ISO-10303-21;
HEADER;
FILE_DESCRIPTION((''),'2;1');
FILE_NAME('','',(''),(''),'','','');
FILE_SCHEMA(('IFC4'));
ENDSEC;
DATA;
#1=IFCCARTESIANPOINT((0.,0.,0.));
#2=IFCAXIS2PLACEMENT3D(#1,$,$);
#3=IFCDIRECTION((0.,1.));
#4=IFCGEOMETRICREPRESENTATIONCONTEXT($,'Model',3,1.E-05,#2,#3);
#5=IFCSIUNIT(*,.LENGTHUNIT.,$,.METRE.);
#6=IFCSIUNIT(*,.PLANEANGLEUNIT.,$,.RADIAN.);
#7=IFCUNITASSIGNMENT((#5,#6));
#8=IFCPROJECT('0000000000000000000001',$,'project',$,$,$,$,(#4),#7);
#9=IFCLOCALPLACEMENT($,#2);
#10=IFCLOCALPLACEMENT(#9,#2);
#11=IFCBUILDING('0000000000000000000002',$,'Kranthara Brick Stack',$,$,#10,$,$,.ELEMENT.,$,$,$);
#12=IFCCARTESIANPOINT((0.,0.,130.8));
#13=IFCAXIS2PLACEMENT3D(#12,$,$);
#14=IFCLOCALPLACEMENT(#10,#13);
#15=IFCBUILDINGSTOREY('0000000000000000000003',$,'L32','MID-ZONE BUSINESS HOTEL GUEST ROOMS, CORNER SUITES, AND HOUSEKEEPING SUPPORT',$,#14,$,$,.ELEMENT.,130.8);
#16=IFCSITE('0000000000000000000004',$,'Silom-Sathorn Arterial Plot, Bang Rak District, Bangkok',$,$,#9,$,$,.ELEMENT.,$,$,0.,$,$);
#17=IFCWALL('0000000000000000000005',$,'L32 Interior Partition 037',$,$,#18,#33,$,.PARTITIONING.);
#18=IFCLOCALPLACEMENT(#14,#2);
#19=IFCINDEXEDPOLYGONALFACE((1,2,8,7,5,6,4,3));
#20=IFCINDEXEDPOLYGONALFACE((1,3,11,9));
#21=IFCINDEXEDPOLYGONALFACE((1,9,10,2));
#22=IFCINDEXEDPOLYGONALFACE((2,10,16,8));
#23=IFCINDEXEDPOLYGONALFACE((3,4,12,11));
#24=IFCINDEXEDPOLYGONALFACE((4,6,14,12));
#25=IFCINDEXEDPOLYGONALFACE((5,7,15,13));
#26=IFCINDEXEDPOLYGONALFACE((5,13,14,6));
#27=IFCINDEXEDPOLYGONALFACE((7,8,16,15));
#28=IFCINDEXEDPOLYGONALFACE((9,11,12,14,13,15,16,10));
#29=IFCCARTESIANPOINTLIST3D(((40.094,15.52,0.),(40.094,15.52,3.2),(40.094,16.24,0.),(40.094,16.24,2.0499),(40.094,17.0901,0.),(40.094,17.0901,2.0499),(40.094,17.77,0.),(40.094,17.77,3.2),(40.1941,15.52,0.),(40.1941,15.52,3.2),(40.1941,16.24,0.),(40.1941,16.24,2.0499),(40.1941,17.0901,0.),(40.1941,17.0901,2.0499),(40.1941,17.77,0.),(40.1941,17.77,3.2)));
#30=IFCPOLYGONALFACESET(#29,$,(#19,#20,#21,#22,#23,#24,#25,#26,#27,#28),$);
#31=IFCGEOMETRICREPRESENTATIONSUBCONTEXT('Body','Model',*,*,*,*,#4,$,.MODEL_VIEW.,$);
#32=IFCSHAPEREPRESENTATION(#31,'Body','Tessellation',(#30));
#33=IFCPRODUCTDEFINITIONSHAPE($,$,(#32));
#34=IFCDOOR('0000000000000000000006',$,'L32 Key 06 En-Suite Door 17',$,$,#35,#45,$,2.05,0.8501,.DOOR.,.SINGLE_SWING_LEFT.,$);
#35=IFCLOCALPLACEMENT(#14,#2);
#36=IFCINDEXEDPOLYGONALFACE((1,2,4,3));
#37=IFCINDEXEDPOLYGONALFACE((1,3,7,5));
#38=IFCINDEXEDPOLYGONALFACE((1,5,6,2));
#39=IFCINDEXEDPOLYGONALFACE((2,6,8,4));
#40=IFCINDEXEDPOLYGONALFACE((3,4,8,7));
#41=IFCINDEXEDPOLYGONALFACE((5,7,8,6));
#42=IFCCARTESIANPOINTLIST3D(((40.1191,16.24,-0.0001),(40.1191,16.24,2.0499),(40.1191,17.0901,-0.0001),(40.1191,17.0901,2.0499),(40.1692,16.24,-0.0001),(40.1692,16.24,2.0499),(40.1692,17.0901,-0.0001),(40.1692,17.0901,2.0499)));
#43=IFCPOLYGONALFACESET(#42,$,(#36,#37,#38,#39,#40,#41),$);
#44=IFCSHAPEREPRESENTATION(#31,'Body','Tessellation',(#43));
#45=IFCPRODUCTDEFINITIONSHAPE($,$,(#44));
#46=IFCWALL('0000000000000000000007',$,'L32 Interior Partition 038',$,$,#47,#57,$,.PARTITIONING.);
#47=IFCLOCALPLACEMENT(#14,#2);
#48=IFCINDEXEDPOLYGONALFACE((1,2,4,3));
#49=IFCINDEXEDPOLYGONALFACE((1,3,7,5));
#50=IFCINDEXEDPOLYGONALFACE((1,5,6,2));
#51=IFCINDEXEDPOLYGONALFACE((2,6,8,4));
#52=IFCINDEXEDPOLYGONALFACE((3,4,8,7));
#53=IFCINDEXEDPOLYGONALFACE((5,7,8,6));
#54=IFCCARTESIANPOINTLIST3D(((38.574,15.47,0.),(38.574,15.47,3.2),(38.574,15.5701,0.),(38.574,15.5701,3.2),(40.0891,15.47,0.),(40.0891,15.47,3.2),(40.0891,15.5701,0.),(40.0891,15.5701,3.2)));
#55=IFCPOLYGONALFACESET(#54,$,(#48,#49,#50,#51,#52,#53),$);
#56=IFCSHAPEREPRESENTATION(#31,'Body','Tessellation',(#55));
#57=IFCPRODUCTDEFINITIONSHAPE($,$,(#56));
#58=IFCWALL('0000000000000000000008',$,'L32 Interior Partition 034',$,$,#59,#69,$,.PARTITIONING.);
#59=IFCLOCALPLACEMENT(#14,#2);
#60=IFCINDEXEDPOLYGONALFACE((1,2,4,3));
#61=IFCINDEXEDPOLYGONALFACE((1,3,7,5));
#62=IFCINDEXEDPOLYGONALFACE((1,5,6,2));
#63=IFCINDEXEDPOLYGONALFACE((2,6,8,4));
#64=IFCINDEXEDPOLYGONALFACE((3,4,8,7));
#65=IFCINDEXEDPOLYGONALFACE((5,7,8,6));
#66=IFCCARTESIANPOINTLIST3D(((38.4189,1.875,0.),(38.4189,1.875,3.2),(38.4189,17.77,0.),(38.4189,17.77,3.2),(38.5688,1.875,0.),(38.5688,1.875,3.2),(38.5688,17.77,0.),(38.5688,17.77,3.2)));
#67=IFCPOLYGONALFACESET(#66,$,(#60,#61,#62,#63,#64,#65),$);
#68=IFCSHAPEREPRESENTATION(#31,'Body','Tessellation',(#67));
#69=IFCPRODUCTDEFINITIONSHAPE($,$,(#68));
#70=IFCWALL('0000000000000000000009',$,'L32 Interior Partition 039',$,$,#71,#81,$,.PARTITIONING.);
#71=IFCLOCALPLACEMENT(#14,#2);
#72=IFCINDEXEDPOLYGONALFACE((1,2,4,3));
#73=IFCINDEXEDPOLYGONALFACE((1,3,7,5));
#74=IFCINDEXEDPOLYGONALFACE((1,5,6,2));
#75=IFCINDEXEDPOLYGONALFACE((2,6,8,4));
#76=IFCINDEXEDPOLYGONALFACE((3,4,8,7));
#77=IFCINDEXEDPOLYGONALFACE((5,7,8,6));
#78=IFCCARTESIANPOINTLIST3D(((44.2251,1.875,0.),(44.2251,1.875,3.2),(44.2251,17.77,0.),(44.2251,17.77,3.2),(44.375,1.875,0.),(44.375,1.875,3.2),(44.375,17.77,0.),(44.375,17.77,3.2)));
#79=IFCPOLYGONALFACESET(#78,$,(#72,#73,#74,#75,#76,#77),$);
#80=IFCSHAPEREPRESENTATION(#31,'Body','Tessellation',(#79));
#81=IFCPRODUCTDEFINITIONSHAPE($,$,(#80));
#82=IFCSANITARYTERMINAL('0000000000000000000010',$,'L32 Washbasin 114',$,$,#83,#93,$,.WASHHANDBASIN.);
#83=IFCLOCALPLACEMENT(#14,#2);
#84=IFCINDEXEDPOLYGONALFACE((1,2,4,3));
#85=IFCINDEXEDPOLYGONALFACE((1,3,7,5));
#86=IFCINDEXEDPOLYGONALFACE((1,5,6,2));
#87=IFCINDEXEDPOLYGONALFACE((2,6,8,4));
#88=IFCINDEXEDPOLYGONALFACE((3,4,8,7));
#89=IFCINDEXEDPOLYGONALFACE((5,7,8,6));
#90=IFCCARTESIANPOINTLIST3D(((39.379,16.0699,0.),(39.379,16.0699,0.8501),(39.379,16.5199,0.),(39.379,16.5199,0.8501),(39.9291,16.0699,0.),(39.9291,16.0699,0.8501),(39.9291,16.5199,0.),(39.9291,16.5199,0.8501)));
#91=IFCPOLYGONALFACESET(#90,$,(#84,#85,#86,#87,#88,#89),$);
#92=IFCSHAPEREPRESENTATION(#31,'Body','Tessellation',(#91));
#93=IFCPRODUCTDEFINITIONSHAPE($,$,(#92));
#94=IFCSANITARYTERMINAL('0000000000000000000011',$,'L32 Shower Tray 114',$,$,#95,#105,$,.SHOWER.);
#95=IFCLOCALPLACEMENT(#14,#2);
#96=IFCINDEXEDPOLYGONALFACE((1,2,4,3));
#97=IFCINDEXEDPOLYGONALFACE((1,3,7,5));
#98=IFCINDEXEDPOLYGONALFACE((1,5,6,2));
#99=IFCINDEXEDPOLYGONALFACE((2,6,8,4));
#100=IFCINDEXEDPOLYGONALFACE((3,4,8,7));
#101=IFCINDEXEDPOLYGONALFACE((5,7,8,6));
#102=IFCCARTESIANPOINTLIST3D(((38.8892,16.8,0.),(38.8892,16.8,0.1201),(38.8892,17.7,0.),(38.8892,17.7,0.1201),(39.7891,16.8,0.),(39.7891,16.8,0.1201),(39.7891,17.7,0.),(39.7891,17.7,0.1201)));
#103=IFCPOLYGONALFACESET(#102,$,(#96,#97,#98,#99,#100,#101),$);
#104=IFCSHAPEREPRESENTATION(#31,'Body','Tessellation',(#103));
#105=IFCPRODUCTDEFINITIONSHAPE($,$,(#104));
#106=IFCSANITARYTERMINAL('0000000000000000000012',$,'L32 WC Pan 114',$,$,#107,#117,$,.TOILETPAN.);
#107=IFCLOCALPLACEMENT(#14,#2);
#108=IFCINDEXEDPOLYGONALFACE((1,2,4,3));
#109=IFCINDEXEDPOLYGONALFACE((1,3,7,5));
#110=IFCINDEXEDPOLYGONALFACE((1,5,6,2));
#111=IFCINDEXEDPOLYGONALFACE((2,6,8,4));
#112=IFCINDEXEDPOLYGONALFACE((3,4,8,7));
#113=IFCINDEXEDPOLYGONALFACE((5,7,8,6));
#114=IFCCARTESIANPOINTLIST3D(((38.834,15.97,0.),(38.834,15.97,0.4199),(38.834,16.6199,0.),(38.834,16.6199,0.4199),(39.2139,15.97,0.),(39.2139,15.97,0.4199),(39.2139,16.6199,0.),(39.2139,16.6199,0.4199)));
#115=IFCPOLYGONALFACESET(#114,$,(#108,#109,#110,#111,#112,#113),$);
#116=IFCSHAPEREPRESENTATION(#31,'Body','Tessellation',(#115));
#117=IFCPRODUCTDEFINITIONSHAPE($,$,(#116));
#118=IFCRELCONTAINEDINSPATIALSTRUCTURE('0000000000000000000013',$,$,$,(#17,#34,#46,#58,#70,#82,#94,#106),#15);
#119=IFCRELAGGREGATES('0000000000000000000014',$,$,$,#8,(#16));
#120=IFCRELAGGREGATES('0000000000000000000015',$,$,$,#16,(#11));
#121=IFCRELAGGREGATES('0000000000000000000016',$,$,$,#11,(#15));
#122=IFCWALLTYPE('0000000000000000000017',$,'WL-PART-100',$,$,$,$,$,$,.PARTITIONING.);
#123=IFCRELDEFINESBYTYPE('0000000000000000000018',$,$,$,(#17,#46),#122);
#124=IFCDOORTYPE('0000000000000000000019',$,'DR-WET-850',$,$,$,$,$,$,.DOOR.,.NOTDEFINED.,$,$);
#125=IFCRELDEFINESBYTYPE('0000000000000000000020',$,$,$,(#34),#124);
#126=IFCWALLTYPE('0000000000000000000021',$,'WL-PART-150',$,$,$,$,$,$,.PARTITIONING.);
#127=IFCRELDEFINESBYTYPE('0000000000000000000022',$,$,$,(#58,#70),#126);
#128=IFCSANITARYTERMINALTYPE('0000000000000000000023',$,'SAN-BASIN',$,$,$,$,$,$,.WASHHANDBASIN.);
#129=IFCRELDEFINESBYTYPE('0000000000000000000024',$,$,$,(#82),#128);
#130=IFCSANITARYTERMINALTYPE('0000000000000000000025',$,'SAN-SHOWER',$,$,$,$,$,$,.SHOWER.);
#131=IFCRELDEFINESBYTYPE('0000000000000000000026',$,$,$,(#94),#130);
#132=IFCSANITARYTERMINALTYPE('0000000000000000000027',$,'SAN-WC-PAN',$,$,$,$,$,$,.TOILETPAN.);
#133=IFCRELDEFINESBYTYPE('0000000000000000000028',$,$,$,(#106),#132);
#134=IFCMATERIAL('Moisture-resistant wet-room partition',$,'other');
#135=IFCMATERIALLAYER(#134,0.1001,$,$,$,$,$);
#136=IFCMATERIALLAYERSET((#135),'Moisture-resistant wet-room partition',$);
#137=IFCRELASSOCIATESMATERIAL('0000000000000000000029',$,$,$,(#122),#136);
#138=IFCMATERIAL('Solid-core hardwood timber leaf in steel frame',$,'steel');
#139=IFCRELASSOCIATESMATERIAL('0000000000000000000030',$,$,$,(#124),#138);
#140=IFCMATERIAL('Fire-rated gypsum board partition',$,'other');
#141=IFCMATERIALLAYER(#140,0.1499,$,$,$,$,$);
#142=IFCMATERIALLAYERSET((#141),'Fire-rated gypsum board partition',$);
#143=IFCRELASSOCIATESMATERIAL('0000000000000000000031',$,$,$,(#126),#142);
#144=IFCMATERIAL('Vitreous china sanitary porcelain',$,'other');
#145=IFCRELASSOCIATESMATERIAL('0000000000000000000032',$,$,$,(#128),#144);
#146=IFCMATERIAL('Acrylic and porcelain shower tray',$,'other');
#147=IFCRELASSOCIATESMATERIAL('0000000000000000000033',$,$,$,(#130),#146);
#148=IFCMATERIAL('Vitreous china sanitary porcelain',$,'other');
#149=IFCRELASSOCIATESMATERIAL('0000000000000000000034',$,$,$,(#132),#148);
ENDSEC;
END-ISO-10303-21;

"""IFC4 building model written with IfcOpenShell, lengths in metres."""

from ifc_helpers import new_model, si_unit, direction, frame, frame_2d, origin, origin_2d, place, context, subcontext, project, spatial, rectangle, extrude, material, layer, layer_set, type_object, element, fill, save


model = new_model("IFC4")

# Units and contexts
model_context = context("Model", 3, precision=1e-05, world=origin(), true_north=direction((0.0, 1.0)))
body_context = subcontext(model_context, "Body", "Model", "MODEL_VIEW")
ifc_project = project(units=[si_unit("LENGTHUNIT", "METRE"), si_unit("PLANEANGLEUNIT", "RADIAN")], contexts=[model_context])

# Site, building, storey
site_placement = place(None, origin())
site = spatial("IfcSite", under=ifc_project, at=site_placement, Name="Silom-Sathorn Arterial Plot, Bang Rak District, Bangkok", CompositionType="ELEMENT", RefElevation=0.0)
building_placement = place(site_placement, origin())
building = spatial("IfcBuilding", under=site, at=building_placement, Name="Kranthara Brick Stack", CompositionType="ELEMENT")
storey_placement = place(building_placement, frame((0.0, 0.0, 130.8)))
storey = spatial("IfcBuildingStorey", under=building, at=storey_placement, Name="L32", Description="MID-ZONE BUSINESS HOTEL GUEST ROOMS, CORNER SUITES, AND HOUSEKEEPING SUPPORT", CompositionType="ELEMENT", Elevation=130.8)

# Wall, opening, door
ifc_material_1 = material(Name="Moisture-resistant wet-room partition", Category="other")
ifc_layer_1 = layer(ifc_material_1, 0.1001)
ifc_layer_set_1 = layer_set([ifc_layer_1], Name="Moisture-resistant wet-room partition")
wall_type_1 = type_object("IfcWallType", Name="WL-PART-100", PredefinedType="PARTITIONING", material=ifc_layer_set_1)
wall_1_placement = place(storey_placement, frame((40.144, 15.52, 0.0), z_axis=(0.0, 0.0, 1.0), x_axis=(0.0, 1.0, 0.0)))
wall_1 = element("IfcWall", 1, at=wall_1_placement, inside=storey, type_object=wall_type_1, Name="L32 Interior Partition 037", PredefinedType="PARTITIONING", context=body_context, shape_type="SweptSolid", body=[
    extrude(rectangle(XDim=2.25, YDim=0.1001, at=frame_2d((1.125, 0.0))), origin(), (0.0, 0.0, 1.0), 3.2),
])
opening_1_placement = place(wall_1_placement, frame((0.72, 0.0, 0.0)))
opening_1 = element("IfcOpeningElement", 2, at=opening_1_placement, cuts=wall_1, PredefinedType="OPENING", context=body_context, shape_type="SweptSolid", body=[
    extrude(rectangle(XDim=0.8501, YDim=2.05, at=frame_2d((0.425, 1.0249))), frame((0.0, 0.0601, 0.0), z_axis=(0.0, -1.0, 0.0), x_axis=(1.0, 0.0, 0.0)), (0.0, 0.0, 1.0), 0.1201),
])
ifc_material_2 = material(Name="Solid-core hardwood timber leaf in steel frame", Category="steel")
door_type_1 = type_object("IfcDoorType", Name="DR-WET-850", OperationType="NOTDEFINED", PredefinedType="DOOR", material=ifc_material_2)
door_1_placement = place(opening_1_placement, origin())
door_1 = element("IfcDoor", 3, at=door_1_placement, inside=storey, type_object=door_type_1, Name="L32 Key 06 En-Suite Door 17", OperationType="SINGLE_SWING_LEFT", OverallHeight=2.05, OverallWidth=0.8501, PredefinedType="DOOR", context=body_context, shape_type="SweptSolid", body=[
    extrude(rectangle(XDim=0.8501, YDim=2.05, at=frame_2d((0.425, 1.0249))), frame((0.0, 0.0249, 0.0), z_axis=(0.0, -1.0, 0.0), x_axis=(1.0, 0.0, 0.0)), (0.0, 0.0, 1.0), 0.05),
])
fill(opening_1, door_1)

# Walls
wall_2_placement = place(storey_placement, frame((38.574, 15.52, 0.0), z_axis=(0.0, 0.0, 1.0), x_axis=(1.0, 0.0, 0.0)))
element("IfcWall", 4, at=wall_2_placement, inside=storey, type_object=wall_type_1, Name="L32 Interior Partition 038", PredefinedType="PARTITIONING", context=body_context, shape_type="SweptSolid", body=[
    extrude(rectangle(XDim=1.5151, YDim=0.1001, at=frame_2d((0.7576, 0.0))), origin(), (0.0, 0.0, 1.0), 3.2),
])
ifc_material_3 = material(Name="Fire-rated gypsum board partition", Category="other")
ifc_layer_2 = layer(ifc_material_3, 0.1499)
ifc_layer_set_2 = layer_set([ifc_layer_2], Name="Fire-rated gypsum board partition")
wall_type_2 = type_object("IfcWallType", Name="WL-PART-150", PredefinedType="PARTITIONING", material=ifc_layer_set_2)
for number, where, z_axis, x_axis, name in (
    (5, (38.4939, 1.875, 0.0), (0.0, 0.0, 1.0), (0.0, 1.0, 0.0), "L32 Interior Partition 034"),
    (6, (44.3, 1.875, 0.0), (0.0, 0.0, 1.0), (0.0, 1.0, 0.0), "L32 Interior Partition 039"),
):
    element("IfcWall", number, at=place(storey_placement, frame(where, z_axis=z_axis, x_axis=x_axis)), inside=storey, type_object=wall_type_2, Name=name, PredefinedType="PARTITIONING", context=body_context, shape_type="SweptSolid", body=[
        extrude(rectangle(XDim=15.895, YDim=0.1499, at=frame_2d((7.9475, 0.0))), origin(), (0.0, 0.0, 1.0), 3.2),
    ])

# Sanitary terminals
ifc_material_4 = material(Name="Vitreous china sanitary porcelain", Category="other")
sanitary_terminal_type_1 = type_object("IfcSanitaryTerminalType", Name="SAN-BASIN", PredefinedType="WASHHANDBASIN", material=ifc_material_4)
sanitary_terminal_1_placement = place(storey_placement, frame((39.6541, 16.2949, 0.0), z_axis=(0.0, 0.0, 1.0), x_axis=(1.0, 0.0, 0.0)))
element("IfcSanitaryTerminal", 7, at=sanitary_terminal_1_placement, inside=storey, type_object=sanitary_terminal_type_1, Name="L32 Washbasin 114", PredefinedType="WASHHANDBASIN", context=body_context, shape_type="SweptSolid", body=[
    extrude(rectangle(XDim=0.55, YDim=0.45, at=origin_2d()), origin(), (0.0, 0.0, 1.0), 0.8501),
])
ifc_material_5 = material(Name="Acrylic and porcelain shower tray", Category="other")
sanitary_terminal_type_2 = type_object("IfcSanitaryTerminalType", Name="SAN-SHOWER", PredefinedType="SHOWER", material=ifc_material_5)
sanitary_terminal_2_placement = place(storey_placement, frame((39.3391, 17.25, 0.0), z_axis=(0.0, 0.0, 1.0), x_axis=(1.0, 0.0, 0.0)))
element("IfcSanitaryTerminal", 8, at=sanitary_terminal_2_placement, inside=storey, type_object=sanitary_terminal_type_2, Name="L32 Shower Tray 114", PredefinedType="SHOWER", context=body_context, shape_type="SweptSolid", body=[
    extrude(rectangle(XDim=0.8999, YDim=0.8999, at=origin_2d()), origin(), (0.0, 0.0, 1.0), 0.1201),
])
ifc_material_6 = material(Name="Vitreous china sanitary porcelain", Category="other")
sanitary_terminal_type_3 = type_object("IfcSanitaryTerminalType", Name="SAN-WC-PAN", PredefinedType="TOILETPAN", material=ifc_material_6)
sanitary_terminal_3_placement = place(storey_placement, frame((39.0239, 16.2949, 0.0), z_axis=(0.0, 0.0, 1.0), x_axis=(1.0, 0.0, 0.0)))
element("IfcSanitaryTerminal", 9, at=sanitary_terminal_3_placement, inside=storey, type_object=sanitary_terminal_type_3, Name="L32 WC Pan 114", PredefinedType="TOILETPAN", context=body_context, shape_type="SweptSolid", body=[
    extrude(rectangle(XDim=0.3799, YDim=0.6499, at=origin_2d()), origin(), (0.0, 0.0, 1.0), 0.4199),
])

save(model, "model.ifc")
